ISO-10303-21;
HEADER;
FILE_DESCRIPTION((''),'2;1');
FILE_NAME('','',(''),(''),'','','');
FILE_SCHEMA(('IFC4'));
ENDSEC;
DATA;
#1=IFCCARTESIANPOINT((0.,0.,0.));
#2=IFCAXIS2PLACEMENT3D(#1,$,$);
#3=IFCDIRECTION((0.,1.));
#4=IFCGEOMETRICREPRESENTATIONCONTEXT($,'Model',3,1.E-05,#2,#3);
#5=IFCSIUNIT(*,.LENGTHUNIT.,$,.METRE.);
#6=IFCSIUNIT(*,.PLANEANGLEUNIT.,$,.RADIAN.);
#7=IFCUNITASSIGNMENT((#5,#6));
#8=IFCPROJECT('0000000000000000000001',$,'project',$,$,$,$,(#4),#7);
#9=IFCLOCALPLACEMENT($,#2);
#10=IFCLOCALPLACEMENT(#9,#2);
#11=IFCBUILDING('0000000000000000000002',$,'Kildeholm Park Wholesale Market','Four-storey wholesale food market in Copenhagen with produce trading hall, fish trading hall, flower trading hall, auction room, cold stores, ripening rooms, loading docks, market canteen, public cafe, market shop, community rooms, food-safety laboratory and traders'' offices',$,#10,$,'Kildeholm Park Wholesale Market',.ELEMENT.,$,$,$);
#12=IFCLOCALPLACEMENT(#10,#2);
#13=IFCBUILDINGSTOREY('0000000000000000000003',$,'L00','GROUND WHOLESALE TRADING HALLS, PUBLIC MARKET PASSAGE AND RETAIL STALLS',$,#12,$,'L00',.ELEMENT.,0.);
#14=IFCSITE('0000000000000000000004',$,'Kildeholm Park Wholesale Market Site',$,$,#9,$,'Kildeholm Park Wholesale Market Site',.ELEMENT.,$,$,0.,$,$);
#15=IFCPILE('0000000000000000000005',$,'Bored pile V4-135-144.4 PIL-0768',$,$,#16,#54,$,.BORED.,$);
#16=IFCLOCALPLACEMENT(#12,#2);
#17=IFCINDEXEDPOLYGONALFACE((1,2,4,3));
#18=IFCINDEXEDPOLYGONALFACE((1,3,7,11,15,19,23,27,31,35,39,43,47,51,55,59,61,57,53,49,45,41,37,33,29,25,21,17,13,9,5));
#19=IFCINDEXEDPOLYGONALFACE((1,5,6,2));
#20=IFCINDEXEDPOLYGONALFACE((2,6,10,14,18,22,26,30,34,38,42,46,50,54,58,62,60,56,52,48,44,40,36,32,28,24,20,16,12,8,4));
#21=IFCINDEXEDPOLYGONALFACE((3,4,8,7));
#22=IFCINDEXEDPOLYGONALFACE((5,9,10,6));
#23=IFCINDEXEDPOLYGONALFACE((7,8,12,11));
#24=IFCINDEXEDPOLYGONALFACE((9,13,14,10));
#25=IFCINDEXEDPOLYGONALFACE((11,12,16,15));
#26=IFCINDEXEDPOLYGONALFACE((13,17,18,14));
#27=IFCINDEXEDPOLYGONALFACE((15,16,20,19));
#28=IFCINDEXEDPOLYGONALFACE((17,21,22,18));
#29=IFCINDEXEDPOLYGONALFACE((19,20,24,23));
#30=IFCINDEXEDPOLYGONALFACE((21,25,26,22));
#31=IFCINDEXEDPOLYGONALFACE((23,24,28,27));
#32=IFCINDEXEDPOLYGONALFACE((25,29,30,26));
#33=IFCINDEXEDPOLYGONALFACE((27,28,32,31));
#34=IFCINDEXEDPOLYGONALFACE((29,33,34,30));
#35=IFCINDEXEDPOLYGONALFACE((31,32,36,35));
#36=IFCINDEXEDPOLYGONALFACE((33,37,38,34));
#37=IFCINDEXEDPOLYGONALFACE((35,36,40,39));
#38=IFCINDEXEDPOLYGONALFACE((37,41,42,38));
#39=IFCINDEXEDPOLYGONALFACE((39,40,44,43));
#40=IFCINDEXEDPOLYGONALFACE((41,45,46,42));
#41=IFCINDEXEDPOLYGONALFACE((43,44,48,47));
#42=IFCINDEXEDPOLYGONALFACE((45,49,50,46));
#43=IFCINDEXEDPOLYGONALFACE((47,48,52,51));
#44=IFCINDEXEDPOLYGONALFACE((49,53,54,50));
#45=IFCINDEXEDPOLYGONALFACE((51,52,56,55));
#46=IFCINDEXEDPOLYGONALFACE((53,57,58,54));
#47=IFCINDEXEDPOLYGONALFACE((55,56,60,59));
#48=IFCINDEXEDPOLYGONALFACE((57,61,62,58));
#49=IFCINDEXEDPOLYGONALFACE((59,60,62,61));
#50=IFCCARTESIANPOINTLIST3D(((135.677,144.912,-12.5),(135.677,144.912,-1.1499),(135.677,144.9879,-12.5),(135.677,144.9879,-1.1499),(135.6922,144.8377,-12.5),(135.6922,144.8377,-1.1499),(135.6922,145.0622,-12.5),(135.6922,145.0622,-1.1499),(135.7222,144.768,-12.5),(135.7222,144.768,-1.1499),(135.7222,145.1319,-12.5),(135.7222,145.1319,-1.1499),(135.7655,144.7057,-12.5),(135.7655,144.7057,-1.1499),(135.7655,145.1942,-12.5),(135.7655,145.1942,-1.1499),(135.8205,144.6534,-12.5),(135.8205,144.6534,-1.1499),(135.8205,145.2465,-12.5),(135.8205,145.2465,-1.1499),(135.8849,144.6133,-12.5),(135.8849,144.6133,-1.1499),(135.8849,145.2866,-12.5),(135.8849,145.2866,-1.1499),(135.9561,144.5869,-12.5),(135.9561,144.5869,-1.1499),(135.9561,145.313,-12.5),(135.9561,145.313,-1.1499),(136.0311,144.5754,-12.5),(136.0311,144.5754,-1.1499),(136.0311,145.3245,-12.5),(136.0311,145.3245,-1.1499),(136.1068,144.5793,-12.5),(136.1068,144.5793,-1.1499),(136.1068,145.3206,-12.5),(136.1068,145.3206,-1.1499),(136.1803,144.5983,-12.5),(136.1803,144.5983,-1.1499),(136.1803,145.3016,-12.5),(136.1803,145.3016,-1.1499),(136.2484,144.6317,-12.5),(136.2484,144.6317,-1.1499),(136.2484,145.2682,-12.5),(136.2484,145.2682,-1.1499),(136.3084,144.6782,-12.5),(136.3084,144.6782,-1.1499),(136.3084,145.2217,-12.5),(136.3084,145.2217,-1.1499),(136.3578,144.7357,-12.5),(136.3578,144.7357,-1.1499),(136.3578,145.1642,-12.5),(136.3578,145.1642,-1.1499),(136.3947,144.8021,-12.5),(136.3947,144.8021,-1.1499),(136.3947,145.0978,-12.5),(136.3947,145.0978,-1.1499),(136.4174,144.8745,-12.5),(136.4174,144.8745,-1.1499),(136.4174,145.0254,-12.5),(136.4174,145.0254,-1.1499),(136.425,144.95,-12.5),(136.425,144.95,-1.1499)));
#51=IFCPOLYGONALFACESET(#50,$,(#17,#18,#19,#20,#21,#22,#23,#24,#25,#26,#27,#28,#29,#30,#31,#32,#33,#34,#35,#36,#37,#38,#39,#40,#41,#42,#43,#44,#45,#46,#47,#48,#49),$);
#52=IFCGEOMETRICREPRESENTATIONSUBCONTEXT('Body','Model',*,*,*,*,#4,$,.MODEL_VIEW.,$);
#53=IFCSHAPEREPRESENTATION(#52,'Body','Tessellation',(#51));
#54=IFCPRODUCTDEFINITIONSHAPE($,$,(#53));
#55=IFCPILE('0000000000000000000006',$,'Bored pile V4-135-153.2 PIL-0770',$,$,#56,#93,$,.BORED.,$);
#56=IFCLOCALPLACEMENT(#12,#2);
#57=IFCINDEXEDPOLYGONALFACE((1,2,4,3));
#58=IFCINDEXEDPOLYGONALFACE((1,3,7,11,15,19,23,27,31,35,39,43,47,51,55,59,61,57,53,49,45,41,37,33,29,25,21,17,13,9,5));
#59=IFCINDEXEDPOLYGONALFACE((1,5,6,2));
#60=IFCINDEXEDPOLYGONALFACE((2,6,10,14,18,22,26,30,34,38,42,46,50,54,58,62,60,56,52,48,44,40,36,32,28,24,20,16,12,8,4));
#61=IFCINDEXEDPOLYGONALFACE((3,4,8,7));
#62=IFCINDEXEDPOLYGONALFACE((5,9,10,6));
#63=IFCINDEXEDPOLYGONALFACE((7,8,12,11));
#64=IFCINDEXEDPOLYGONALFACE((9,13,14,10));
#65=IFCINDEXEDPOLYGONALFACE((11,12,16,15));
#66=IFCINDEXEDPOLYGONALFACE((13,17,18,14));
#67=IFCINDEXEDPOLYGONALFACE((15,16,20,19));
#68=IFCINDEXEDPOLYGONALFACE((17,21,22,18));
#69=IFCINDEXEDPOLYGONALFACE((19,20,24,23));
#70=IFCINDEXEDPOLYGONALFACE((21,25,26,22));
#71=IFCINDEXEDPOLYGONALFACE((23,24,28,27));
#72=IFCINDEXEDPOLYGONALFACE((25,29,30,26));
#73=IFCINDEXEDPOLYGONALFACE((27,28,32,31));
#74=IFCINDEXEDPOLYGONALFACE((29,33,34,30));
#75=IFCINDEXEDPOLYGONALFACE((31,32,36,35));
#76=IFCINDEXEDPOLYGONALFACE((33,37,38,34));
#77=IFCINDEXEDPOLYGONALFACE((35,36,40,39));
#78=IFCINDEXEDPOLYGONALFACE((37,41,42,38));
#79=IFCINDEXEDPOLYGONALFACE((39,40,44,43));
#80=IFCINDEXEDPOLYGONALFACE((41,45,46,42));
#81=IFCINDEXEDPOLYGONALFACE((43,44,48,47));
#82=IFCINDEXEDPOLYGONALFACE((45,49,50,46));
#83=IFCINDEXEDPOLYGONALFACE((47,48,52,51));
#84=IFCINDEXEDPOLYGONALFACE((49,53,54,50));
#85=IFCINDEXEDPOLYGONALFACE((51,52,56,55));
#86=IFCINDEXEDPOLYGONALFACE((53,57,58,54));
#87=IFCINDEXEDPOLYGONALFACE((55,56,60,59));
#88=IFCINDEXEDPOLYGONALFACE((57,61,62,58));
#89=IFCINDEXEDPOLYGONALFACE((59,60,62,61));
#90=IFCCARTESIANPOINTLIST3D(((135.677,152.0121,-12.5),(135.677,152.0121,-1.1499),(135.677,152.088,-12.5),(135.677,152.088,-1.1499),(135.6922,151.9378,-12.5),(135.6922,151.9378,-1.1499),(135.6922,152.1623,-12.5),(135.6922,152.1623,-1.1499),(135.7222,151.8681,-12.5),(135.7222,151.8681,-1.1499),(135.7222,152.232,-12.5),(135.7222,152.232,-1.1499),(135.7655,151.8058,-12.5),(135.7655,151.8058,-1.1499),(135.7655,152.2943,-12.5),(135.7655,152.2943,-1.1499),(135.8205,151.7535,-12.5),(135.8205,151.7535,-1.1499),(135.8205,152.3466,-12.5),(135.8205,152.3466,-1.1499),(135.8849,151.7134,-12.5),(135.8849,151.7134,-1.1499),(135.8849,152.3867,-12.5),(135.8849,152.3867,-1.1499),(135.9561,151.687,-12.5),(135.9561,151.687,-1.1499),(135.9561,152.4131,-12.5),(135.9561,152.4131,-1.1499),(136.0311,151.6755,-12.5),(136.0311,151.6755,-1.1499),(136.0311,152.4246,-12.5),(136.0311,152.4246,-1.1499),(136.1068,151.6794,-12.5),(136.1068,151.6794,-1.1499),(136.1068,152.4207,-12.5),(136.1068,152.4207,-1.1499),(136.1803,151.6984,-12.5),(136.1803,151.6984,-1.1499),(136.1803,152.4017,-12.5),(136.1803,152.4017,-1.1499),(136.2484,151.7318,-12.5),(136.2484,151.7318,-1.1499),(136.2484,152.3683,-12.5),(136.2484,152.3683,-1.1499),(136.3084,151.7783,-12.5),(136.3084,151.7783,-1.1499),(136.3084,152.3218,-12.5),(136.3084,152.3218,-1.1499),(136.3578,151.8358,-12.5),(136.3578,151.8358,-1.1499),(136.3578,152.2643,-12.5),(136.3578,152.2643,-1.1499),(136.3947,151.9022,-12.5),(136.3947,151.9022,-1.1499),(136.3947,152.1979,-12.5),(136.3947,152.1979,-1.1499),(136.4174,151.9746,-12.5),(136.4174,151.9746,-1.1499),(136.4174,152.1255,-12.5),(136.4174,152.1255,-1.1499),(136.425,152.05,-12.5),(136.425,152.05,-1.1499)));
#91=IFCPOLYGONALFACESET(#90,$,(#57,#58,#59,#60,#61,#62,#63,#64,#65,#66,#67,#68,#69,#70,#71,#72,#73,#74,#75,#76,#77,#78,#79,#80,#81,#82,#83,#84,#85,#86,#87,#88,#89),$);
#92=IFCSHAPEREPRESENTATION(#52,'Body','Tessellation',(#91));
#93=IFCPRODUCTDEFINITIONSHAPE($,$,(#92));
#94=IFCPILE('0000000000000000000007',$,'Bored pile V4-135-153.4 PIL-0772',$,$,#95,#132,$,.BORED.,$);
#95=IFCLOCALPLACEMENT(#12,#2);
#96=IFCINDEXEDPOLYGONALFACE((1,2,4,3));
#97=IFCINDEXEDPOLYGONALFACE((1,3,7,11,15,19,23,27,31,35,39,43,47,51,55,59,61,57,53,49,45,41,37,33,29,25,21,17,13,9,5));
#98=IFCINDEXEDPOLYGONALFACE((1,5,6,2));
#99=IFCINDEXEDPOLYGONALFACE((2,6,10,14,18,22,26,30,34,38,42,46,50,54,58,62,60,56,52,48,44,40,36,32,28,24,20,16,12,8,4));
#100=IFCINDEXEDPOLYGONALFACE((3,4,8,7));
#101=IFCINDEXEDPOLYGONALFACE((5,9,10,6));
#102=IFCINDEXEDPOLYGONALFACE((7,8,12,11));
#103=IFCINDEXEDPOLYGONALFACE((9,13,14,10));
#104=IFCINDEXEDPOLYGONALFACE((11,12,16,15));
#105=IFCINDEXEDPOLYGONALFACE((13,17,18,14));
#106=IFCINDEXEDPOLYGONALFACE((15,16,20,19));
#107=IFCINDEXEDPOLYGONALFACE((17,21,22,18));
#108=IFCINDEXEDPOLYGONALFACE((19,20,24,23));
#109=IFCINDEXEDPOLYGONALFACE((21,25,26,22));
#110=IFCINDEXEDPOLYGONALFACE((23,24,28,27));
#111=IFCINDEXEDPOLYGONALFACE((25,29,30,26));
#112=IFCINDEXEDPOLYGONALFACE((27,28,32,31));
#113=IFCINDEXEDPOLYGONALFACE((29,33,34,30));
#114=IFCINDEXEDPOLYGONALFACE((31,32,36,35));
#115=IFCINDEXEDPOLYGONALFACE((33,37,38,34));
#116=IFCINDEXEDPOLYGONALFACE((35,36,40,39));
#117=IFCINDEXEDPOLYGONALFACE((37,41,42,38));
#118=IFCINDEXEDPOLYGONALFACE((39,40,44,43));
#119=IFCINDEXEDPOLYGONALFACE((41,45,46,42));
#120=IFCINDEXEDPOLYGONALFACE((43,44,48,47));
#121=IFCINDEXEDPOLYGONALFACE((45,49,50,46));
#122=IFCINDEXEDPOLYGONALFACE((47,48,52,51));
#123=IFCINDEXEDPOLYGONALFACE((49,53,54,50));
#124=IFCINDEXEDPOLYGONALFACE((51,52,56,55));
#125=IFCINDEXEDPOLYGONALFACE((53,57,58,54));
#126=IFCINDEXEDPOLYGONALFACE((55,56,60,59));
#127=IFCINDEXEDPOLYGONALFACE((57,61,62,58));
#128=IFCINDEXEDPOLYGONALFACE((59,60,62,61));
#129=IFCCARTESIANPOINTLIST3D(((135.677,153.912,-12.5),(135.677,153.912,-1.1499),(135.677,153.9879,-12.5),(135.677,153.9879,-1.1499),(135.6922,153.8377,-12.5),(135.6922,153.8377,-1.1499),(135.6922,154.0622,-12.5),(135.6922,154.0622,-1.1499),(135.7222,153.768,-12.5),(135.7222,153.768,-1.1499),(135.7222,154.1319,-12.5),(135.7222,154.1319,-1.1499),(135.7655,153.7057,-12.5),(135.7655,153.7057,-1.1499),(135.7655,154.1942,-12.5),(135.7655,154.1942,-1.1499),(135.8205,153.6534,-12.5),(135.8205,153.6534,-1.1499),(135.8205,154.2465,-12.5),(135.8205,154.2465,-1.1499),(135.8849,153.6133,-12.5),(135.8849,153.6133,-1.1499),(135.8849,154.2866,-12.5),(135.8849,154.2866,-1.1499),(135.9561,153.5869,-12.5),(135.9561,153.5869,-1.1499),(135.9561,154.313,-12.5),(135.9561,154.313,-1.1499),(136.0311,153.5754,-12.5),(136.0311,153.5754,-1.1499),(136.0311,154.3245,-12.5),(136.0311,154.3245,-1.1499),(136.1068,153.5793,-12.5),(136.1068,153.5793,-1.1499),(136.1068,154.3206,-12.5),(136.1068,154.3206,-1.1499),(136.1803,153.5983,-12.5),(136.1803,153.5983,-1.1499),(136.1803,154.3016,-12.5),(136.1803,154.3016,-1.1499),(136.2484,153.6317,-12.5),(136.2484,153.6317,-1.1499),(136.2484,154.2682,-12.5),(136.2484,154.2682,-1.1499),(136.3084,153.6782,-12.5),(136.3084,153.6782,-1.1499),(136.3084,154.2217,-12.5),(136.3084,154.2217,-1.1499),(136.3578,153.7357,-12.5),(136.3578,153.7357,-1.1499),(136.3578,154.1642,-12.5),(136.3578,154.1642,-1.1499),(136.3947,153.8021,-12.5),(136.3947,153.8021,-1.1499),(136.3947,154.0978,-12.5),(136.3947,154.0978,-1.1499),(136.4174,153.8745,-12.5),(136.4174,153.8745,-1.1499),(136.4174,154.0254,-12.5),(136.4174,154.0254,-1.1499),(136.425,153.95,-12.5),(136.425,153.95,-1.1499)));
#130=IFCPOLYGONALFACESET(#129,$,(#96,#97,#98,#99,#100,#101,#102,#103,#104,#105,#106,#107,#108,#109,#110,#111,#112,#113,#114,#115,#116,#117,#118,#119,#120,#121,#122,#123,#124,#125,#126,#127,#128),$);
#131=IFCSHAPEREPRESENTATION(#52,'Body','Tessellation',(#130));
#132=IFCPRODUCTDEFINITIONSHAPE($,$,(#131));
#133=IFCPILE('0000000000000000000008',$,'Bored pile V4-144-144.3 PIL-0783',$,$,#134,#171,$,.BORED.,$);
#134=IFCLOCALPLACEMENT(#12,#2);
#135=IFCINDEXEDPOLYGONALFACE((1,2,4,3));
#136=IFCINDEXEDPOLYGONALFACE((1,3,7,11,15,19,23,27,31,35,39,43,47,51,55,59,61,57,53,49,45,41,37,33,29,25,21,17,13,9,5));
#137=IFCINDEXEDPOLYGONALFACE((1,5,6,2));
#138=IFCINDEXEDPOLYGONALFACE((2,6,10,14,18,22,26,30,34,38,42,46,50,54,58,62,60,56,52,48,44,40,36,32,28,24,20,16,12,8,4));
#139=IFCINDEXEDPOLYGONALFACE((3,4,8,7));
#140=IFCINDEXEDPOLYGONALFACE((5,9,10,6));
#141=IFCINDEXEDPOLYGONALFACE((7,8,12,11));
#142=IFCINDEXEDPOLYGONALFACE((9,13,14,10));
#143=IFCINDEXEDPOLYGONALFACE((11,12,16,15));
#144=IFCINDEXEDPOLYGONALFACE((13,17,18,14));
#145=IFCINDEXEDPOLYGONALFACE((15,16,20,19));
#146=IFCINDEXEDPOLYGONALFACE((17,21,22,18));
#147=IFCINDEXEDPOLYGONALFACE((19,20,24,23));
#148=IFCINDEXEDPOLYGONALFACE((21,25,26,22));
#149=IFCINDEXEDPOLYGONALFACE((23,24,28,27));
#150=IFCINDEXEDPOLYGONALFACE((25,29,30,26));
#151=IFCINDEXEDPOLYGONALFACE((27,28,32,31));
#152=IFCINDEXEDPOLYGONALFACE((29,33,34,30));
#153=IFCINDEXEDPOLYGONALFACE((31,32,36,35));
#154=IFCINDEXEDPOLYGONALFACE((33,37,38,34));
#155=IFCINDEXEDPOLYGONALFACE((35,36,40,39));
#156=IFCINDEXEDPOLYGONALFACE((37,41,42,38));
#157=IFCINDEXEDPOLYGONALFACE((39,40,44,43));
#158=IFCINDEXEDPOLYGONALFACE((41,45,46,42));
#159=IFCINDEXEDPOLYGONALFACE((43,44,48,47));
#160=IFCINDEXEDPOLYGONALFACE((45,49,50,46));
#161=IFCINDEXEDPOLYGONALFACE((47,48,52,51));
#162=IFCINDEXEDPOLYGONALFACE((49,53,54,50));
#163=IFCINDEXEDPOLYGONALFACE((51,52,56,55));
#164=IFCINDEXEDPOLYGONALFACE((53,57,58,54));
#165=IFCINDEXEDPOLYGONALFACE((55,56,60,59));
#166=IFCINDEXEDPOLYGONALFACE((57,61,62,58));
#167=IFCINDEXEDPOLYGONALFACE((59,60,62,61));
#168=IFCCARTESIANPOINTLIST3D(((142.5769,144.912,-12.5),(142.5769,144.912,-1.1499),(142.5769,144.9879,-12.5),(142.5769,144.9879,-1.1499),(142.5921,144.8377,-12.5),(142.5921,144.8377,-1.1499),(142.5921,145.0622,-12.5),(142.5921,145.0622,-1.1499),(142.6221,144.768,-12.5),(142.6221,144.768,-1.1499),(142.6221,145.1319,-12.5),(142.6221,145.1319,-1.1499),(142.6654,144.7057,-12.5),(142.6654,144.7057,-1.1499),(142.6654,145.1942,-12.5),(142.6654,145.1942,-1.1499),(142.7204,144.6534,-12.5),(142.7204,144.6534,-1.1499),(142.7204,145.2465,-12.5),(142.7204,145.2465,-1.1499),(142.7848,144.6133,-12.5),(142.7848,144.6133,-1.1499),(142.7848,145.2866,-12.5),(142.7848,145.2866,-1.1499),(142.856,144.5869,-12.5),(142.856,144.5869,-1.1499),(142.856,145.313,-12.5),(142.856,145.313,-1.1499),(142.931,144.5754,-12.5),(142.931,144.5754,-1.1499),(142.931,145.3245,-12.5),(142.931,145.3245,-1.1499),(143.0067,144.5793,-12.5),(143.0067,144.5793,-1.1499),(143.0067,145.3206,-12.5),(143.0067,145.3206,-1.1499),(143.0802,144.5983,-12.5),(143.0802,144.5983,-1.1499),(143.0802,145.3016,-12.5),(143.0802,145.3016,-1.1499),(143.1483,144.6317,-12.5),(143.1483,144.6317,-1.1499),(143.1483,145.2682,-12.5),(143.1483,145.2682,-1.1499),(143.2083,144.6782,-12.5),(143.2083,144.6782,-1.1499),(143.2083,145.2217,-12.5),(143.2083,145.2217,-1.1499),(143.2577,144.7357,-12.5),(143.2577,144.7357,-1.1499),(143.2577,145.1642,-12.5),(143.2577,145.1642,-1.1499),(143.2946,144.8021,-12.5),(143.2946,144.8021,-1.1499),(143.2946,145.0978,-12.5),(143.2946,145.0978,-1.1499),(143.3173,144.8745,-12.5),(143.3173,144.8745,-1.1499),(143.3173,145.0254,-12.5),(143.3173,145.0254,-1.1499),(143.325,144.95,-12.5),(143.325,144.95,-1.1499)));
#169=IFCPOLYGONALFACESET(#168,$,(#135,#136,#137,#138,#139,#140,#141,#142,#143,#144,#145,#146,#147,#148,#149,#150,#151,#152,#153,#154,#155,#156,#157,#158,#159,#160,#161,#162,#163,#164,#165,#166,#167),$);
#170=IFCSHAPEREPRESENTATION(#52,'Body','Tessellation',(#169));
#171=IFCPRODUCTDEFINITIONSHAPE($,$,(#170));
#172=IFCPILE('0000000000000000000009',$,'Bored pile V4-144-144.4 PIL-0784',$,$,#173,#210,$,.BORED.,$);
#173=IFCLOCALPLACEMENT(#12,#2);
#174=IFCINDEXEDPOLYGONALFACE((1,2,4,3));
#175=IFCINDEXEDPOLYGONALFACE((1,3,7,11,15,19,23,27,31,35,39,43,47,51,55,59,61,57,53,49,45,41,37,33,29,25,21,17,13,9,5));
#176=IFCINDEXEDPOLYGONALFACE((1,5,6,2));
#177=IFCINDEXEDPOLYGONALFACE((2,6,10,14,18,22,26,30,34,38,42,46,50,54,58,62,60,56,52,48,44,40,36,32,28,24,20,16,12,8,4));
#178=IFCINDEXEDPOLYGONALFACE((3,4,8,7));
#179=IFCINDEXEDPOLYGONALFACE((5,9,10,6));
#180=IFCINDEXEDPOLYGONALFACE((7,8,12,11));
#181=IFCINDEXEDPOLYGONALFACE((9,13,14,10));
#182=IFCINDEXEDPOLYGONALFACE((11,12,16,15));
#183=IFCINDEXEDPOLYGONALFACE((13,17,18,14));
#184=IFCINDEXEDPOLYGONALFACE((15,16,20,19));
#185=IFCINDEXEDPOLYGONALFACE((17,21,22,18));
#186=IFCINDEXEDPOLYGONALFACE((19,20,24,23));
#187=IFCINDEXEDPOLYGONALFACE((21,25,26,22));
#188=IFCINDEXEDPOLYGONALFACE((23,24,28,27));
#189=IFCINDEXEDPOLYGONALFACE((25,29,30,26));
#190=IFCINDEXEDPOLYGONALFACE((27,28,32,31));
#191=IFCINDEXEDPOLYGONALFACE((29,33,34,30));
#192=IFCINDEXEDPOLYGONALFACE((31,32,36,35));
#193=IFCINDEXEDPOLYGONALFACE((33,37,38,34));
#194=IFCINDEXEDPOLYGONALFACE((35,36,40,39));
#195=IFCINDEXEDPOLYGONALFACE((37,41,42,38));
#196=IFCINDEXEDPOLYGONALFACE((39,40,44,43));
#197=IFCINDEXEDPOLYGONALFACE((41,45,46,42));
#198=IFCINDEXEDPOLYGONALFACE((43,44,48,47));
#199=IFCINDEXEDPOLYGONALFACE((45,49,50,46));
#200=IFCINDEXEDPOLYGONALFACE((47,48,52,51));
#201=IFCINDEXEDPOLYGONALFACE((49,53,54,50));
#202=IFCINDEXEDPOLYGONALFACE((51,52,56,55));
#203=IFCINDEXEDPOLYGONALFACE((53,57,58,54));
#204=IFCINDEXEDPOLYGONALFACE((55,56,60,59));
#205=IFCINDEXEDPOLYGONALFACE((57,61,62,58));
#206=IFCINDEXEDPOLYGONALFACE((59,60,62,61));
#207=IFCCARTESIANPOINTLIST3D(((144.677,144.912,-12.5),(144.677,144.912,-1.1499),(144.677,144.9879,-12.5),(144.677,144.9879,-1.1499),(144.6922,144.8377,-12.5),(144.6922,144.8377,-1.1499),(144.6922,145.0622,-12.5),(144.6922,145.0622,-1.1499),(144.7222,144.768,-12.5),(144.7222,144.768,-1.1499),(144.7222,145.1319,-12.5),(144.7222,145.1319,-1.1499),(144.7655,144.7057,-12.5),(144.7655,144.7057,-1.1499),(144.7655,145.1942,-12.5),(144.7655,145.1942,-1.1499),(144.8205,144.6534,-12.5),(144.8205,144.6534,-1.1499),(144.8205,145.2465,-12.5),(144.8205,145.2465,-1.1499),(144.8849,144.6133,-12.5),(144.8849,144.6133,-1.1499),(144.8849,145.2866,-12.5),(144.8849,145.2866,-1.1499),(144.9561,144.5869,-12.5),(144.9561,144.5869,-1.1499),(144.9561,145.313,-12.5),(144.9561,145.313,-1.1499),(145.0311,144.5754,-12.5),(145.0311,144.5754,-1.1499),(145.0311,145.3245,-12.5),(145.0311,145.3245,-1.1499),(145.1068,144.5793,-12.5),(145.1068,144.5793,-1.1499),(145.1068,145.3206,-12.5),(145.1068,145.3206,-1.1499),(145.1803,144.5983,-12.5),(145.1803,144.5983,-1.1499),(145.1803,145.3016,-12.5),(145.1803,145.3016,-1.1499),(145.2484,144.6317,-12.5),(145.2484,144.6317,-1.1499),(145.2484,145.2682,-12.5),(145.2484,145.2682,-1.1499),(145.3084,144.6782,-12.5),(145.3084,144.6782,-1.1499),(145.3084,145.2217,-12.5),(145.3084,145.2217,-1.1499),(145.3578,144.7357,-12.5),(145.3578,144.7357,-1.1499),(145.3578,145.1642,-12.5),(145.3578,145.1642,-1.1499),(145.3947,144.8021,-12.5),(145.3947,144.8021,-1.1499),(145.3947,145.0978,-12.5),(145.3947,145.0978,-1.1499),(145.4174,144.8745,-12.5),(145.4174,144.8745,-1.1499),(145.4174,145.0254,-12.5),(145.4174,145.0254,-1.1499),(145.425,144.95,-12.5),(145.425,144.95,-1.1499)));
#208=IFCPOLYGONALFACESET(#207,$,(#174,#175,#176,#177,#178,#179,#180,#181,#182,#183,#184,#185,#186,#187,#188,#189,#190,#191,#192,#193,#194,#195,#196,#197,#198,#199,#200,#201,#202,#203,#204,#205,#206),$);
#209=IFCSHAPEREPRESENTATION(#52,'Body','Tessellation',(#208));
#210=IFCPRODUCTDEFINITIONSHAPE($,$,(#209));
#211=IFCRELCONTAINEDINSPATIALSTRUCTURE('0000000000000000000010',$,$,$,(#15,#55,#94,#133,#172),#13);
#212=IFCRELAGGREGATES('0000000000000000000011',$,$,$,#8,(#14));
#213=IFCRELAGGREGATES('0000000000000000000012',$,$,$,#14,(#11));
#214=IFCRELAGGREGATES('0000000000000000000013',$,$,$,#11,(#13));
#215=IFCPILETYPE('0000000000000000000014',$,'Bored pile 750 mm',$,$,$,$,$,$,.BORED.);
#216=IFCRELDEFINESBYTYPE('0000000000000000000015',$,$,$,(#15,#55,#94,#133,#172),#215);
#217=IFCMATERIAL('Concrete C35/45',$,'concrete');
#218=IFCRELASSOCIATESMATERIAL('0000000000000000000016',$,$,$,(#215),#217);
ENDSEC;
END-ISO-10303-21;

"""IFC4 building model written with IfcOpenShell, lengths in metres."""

from ifc_helpers import new_model, si_unit, direction, frame, origin, origin_2d, place, context, subcontext, project, spatial, circle, extrude, material, material_profile, profile_set, type_object, element, save


model = new_model("IFC4")

# Units and contexts
model_context = context("Model", 3, precision=1e-05, world=origin(), true_north=direction((0.0, 1.0)))
body_context = subcontext(model_context, "Body", "Model", "MODEL_VIEW")
ifc_project = project(units=[si_unit("LENGTHUNIT", "METRE"), si_unit("PLANEANGLEUNIT", "RADIAN")], contexts=[model_context])

# Site, building, storey
site_placement = place(None, origin())
site = spatial("IfcSite", under=ifc_project, at=site_placement, Name="Kildeholm Park Wholesale Market Site", LongName="Kildeholm Park Wholesale Market Site", CompositionType="ELEMENT", RefElevation=0.0)
building_placement = place(site_placement, origin())
building = spatial("IfcBuilding", under=site, at=building_placement, Name="Kildeholm Park Wholesale Market", Description="Four-storey wholesale food market in Copenhagen with produce trading hall, fish trading hall, flower trading hall, auction room, cold stores, ripening rooms, loading docks, market canteen, public cafe, market shop, community rooms, food-safety laboratory and traders' offices", LongName="Kildeholm Park Wholesale Market", CompositionType="ELEMENT")
storey_placement = place(building_placement, origin())
storey = spatial("IfcBuildingStorey", under=building, at=storey_placement, Name="L00", Description="GROUND WHOLESALE TRADING HALLS, PUBLIC MARKET PASSAGE AND RETAIL STALLS", LongName="L00", CompositionType="ELEMENT", Elevation=0.0)

# Piles
ifc_material_1 = material(Name="Concrete C35/45", Category="concrete")
ifc_material_profile_1 = material_profile(ifc_material_1, circle(Radius=0.375, at=origin_2d()), Name="PILE D750")
ifc_profile_set_1 = profile_set([ifc_material_profile_1], Name="Concrete C35/45")
pile_type = type_object("IfcPileType", Name="Bored pile 750 mm", PredefinedType="BORED", material=ifc_profile_set_1)
for number, where, z_axis, x_axis, name in (
    (1, (136.05, 144.95, -1.1499), (0.0, 0.0, -1.0), (1.0, 0.0, 0.0), "Bored pile V4-135-144.4 PIL-0768"),
    (2, (136.05, 152.05, -1.1499), (0.0, 0.0, -1.0), (1.0, 0.0, 0.0), "Bored pile V4-135-153.2 PIL-0770"),
    (3, (136.05, 153.95, -1.1499), (0.0, 0.0, -1.0), (1.0, 0.0, 0.0), "Bored pile V4-135-153.4 PIL-0772"),
    (4, (142.95, 144.95, -1.1499), (0.0, 0.0, -1.0), (1.0, 0.0, 0.0), "Bored pile V4-144-144.3 PIL-0783"),
    (5, (145.05, 144.95, -1.1499), (0.0, 0.0, -1.0), (1.0, 0.0, 0.0), "Bored pile V4-144-144.4 PIL-0784"),
):
    element("IfcPile", number, at=place(storey_placement, frame(where, z_axis=z_axis, x_axis=x_axis)), inside=storey, type_object=pile_type, Name=name, PredefinedType="BORED", context=body_context, shape_type="SweptSolid", body=[
        extrude(circle(Radius=0.375, at=origin_2d()), origin(), (0.0, 0.0, 1.0), 11.3501),
    ])

save(model, "model.ifc")
